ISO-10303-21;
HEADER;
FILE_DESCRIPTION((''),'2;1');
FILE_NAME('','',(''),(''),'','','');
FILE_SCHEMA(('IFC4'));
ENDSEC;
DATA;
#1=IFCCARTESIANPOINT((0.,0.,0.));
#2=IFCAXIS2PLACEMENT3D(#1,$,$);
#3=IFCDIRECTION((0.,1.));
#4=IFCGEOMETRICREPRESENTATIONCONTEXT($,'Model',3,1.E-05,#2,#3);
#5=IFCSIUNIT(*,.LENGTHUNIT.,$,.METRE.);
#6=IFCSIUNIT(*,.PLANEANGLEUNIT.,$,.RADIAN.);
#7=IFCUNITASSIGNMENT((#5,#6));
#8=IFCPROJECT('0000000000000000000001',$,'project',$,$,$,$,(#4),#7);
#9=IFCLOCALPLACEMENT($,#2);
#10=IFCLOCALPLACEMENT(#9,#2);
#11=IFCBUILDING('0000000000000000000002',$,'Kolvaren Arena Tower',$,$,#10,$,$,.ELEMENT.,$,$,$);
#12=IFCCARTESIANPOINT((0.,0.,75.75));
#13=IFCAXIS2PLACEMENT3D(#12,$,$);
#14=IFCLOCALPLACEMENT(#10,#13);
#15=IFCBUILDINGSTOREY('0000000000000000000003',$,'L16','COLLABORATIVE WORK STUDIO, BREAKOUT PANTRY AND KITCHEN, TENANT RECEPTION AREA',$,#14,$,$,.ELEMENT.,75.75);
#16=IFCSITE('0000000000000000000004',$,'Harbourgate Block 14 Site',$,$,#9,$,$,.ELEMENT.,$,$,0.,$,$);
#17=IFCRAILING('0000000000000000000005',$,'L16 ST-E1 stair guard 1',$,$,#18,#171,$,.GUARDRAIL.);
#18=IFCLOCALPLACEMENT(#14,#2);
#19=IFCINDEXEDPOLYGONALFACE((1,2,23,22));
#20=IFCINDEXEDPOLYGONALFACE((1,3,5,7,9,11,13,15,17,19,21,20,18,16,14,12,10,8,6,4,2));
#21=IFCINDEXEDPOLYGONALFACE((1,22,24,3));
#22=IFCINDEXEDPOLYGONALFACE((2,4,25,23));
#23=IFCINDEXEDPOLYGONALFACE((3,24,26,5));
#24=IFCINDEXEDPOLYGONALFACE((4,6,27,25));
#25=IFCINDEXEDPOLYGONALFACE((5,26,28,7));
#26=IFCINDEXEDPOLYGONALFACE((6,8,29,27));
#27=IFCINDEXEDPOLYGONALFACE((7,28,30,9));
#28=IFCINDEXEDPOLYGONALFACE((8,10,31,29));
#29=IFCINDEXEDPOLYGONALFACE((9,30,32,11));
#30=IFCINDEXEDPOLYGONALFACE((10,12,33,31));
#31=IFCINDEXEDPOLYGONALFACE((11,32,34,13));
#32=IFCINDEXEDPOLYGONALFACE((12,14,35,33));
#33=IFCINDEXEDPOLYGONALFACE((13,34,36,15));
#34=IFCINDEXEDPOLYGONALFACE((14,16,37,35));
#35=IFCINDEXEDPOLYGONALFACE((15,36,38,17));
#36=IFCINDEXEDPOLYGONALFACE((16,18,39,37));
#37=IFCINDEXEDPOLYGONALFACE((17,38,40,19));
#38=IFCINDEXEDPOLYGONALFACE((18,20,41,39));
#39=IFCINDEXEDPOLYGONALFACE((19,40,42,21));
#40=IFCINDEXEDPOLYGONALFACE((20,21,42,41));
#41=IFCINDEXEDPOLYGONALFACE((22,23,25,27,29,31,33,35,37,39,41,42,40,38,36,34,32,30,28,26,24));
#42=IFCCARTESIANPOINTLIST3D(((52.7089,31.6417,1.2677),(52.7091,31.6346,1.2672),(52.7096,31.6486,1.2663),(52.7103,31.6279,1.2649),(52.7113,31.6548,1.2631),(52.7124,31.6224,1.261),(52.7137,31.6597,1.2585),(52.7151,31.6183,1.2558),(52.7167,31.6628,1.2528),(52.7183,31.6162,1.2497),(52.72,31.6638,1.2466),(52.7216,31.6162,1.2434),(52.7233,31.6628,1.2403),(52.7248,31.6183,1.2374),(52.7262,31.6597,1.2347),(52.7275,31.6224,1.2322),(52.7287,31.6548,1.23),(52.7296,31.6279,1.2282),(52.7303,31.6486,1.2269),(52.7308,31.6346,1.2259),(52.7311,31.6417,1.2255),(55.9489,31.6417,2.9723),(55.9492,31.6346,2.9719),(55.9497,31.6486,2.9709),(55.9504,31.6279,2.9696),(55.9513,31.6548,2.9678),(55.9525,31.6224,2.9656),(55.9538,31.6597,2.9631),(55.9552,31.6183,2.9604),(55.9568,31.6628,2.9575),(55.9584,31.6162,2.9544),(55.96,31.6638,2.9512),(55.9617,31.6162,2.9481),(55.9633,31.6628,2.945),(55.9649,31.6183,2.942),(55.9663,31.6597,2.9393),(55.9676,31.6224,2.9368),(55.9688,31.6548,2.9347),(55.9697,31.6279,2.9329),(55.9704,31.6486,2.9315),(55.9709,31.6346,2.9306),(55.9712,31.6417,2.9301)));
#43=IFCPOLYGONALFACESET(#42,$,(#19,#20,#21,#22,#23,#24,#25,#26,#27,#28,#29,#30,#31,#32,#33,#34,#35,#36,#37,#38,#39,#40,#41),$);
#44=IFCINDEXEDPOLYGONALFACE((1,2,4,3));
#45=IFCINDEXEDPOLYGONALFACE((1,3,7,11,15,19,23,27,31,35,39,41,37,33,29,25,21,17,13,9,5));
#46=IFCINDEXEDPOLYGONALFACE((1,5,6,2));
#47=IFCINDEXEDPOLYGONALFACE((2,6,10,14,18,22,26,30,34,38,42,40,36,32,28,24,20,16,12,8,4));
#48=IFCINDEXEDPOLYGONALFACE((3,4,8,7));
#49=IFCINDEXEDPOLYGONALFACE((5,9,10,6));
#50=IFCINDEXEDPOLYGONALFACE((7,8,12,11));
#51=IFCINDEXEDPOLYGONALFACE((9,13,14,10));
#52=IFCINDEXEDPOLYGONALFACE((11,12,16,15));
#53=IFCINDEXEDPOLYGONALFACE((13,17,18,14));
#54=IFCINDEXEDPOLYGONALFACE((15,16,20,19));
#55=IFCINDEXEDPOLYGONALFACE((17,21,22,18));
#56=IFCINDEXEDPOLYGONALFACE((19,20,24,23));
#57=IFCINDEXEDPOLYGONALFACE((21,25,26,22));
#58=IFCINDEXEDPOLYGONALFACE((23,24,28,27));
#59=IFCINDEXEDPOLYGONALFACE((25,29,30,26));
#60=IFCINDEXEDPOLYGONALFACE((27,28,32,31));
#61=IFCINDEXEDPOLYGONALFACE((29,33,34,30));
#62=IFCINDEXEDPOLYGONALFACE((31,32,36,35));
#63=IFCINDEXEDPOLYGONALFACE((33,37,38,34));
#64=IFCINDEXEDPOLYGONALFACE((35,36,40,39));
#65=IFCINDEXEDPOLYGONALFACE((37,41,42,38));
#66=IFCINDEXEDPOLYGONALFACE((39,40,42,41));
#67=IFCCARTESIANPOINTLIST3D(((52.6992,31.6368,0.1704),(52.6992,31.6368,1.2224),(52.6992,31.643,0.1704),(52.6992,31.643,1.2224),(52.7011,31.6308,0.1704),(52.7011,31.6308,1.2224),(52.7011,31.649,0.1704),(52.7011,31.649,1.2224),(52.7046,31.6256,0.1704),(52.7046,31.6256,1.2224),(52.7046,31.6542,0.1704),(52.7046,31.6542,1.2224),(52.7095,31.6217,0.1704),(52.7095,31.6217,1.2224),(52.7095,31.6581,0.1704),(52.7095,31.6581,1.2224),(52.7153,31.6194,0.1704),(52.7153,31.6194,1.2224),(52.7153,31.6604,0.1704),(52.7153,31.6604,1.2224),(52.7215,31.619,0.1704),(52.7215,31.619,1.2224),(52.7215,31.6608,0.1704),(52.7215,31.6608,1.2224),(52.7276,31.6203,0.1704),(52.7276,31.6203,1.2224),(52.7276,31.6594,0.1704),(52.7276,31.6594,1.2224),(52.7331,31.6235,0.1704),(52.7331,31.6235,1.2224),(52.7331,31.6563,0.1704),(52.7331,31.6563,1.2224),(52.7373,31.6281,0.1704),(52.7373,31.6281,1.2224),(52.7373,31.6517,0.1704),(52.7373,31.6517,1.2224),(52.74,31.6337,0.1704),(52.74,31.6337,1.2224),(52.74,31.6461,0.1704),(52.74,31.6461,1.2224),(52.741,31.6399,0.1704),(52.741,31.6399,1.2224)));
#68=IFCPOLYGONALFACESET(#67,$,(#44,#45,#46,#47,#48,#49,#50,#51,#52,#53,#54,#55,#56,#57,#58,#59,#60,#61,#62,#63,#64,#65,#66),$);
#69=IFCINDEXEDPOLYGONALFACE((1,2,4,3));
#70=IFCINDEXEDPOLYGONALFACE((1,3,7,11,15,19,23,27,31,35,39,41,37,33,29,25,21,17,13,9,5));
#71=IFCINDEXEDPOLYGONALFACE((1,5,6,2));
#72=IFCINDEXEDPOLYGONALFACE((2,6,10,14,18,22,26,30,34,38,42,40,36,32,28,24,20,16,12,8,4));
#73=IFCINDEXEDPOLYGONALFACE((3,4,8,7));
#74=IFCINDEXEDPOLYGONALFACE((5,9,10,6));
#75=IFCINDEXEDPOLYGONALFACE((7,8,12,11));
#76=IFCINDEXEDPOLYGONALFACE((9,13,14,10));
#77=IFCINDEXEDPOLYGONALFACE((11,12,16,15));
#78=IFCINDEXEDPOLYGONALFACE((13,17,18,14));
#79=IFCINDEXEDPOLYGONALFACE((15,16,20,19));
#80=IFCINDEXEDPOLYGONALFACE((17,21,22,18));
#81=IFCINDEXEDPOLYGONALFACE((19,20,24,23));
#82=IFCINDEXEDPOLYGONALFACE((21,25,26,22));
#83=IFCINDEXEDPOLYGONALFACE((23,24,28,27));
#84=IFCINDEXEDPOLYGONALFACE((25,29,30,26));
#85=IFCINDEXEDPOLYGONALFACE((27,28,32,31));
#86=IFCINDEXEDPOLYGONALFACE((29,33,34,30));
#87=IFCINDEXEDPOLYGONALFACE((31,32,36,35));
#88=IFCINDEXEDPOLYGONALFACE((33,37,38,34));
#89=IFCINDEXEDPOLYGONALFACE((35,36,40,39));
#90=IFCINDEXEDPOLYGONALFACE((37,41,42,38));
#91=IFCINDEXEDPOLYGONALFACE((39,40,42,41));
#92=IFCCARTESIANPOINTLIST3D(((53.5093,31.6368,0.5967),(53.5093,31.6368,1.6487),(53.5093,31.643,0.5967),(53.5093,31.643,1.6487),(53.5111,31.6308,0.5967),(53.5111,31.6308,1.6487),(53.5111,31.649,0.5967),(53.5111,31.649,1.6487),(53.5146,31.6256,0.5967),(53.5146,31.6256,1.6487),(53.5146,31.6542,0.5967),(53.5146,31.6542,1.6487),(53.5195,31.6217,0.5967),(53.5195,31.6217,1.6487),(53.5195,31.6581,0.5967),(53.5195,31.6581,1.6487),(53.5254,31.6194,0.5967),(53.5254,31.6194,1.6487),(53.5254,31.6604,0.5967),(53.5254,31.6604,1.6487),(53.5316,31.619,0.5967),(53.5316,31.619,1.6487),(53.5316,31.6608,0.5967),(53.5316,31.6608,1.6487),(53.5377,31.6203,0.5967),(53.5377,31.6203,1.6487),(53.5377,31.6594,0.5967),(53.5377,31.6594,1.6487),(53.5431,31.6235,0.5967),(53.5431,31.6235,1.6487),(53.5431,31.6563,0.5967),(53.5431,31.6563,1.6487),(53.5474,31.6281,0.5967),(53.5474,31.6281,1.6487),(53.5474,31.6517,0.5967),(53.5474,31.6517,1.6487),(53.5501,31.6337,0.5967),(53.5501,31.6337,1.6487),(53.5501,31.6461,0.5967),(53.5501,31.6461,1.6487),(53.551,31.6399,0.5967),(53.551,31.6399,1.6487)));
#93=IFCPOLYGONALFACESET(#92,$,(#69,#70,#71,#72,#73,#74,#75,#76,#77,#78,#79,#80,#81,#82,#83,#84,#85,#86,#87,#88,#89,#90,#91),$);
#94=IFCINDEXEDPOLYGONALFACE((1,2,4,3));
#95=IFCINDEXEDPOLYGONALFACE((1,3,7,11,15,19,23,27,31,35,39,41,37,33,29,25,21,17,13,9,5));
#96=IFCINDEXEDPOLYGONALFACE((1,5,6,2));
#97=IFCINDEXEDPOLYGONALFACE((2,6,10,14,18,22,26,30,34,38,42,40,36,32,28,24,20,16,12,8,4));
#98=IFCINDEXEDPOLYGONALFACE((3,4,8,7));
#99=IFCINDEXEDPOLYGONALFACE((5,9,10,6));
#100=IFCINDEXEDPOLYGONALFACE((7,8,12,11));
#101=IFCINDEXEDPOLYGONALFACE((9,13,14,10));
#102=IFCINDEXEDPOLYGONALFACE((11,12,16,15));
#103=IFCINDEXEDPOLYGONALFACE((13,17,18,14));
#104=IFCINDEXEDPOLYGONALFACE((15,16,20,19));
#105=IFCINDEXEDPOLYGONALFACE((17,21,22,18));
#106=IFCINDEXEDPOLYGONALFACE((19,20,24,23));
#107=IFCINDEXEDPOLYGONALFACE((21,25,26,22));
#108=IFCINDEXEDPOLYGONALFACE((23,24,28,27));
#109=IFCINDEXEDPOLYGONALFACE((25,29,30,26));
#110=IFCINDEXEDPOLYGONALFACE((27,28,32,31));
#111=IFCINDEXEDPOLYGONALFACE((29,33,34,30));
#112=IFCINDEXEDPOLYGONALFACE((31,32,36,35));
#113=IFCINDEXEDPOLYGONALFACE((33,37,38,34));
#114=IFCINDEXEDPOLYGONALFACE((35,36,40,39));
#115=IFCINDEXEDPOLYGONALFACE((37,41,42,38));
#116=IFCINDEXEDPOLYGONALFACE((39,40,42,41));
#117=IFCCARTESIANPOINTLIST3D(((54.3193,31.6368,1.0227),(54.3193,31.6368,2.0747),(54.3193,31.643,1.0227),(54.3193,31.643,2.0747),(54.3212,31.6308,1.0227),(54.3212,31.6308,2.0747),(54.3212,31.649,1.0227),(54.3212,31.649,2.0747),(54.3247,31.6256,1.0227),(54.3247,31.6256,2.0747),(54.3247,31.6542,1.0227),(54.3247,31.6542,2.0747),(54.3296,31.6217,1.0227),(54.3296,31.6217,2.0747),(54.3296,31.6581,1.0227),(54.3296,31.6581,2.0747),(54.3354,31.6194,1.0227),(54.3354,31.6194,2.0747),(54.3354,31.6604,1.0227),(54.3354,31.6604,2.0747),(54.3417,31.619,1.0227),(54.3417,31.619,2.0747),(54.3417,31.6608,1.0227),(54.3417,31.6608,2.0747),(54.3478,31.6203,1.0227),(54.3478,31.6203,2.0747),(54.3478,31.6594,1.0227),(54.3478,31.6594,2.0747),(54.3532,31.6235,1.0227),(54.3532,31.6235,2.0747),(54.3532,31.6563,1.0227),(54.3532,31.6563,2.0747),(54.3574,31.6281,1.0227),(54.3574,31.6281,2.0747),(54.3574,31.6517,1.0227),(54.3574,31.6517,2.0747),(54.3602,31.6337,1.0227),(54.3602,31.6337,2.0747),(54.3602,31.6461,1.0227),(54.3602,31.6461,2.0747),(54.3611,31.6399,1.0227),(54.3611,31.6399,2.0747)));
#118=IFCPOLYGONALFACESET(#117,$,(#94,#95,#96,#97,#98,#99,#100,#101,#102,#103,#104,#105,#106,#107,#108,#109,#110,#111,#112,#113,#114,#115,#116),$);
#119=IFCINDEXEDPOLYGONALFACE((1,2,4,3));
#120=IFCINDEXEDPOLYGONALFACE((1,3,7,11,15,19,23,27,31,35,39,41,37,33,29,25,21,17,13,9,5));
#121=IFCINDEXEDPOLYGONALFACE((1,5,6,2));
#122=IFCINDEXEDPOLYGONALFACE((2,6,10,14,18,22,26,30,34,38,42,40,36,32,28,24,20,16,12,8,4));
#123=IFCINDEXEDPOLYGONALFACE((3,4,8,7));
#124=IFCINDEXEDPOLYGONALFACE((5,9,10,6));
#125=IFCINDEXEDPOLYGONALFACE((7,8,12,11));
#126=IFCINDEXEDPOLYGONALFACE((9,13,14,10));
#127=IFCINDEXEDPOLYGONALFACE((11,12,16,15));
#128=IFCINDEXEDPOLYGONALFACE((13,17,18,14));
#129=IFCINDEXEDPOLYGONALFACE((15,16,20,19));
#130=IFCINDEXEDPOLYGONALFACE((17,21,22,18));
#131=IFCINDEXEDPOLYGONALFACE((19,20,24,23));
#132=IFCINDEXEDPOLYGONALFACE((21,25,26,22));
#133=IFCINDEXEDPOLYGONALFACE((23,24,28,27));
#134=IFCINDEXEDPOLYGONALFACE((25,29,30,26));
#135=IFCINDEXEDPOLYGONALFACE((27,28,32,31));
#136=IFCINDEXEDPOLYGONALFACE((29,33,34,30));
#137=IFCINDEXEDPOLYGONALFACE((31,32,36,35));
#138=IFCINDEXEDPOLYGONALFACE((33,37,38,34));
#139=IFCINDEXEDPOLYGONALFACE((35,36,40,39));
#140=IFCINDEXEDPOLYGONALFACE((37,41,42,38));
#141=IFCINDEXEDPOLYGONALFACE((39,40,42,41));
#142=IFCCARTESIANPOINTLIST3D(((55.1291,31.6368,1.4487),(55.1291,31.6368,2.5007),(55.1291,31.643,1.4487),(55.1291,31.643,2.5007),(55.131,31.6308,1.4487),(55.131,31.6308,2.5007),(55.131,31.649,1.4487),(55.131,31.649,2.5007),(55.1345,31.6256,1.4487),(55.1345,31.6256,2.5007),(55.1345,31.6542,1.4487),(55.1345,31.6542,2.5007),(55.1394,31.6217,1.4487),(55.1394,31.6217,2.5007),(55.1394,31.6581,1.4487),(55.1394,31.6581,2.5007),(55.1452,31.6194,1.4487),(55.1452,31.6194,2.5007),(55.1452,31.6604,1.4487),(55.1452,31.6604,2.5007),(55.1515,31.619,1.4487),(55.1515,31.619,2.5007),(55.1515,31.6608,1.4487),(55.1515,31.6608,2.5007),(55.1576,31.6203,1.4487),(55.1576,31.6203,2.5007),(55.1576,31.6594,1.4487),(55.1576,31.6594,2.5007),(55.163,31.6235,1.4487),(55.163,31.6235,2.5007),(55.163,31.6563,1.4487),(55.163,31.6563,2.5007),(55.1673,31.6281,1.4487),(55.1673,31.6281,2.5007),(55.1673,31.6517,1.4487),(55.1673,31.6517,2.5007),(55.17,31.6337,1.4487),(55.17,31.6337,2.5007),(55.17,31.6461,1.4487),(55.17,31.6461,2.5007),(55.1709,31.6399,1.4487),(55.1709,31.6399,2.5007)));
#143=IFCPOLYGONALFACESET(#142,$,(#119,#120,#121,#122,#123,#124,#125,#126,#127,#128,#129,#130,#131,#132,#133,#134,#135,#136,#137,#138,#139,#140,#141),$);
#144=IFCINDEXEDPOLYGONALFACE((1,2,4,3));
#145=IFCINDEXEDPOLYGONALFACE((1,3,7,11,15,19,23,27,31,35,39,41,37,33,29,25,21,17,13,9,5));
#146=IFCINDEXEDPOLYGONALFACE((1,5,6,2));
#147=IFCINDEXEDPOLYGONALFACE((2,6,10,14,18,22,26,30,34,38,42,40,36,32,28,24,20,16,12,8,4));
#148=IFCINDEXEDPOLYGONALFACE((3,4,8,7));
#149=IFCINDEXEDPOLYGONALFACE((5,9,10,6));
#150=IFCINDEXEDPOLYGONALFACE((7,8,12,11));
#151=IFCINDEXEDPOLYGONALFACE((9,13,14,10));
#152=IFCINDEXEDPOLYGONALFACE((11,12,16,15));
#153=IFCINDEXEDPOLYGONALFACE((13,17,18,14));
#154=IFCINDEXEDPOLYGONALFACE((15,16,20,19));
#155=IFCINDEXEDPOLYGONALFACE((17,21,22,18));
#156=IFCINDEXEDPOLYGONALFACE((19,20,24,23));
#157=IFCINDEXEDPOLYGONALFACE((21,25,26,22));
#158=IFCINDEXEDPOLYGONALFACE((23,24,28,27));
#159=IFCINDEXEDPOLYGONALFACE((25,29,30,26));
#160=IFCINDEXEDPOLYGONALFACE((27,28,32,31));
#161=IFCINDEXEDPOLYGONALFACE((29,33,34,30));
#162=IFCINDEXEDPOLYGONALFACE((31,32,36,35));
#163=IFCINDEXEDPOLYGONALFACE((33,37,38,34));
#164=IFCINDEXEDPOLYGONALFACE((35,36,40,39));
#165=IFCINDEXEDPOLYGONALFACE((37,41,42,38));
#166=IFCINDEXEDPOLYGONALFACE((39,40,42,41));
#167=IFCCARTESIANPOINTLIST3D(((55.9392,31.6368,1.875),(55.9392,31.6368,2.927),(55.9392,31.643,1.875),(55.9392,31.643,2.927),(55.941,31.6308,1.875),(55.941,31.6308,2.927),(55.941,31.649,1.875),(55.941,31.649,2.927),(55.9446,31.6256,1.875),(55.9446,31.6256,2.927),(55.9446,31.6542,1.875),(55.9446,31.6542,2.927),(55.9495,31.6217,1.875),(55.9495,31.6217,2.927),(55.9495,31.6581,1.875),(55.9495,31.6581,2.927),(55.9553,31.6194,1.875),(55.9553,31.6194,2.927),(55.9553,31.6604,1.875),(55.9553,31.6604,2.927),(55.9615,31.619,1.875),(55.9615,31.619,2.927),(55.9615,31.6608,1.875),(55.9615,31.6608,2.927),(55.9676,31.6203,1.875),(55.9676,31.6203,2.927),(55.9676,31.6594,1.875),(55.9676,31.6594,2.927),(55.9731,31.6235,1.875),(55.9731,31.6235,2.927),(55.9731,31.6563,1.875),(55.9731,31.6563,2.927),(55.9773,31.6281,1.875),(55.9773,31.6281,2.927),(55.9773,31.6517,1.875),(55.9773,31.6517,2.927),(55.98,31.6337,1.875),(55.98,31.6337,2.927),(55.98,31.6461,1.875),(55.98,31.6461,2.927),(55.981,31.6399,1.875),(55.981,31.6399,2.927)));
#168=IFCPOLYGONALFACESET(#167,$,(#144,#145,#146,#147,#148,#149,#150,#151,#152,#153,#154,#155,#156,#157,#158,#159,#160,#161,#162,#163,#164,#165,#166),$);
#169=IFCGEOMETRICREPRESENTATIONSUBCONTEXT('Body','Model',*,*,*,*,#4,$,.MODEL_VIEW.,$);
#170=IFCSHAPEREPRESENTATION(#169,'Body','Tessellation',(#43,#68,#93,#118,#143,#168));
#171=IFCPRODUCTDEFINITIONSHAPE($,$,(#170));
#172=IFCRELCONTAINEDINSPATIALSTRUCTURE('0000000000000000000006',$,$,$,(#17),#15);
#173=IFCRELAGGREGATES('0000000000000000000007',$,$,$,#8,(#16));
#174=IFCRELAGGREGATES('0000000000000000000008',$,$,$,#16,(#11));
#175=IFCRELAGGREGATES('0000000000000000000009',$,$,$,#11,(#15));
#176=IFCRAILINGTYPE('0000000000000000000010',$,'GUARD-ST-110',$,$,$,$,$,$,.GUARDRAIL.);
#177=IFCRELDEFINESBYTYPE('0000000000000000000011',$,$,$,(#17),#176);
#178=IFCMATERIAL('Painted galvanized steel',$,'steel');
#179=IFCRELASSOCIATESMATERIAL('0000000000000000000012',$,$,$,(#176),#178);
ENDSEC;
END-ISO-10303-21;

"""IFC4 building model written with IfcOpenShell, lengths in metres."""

from ifc_helpers import new_model, si_unit, direction, frame, origin, origin_2d, place, context, subcontext, project, spatial, circle, extrude, material, type_object, element, save


model = new_model("IFC4")

# Units and contexts
model_context = context("Model", 3, precision=1e-05, world=origin(), true_north=direction((0.0, 1.0)))
body_context = subcontext(model_context, "Body", "Model", "MODEL_VIEW")
ifc_project = project(units=[si_unit("LENGTHUNIT", "METRE"), si_unit("PLANEANGLEUNIT", "RADIAN")], contexts=[model_context])

# Site, building, storey
site_placement = place(None, origin())
site = spatial("IfcSite", under=ifc_project, at=site_placement, Name="Harbourgate Block 14 Site", CompositionType="ELEMENT", RefElevation=0.0)
building_placement = place(site_placement, origin())
building = spatial("IfcBuilding", under=site, at=building_placement, Name="Kolvaren Arena Tower", CompositionType="ELEMENT")
storey_placement = place(building_placement, frame((0.0, 0.0, 75.75)))
storey = spatial("IfcBuildingStorey", under=building, at=storey_placement, Name="L16", Description="COLLABORATIVE WORK STUDIO, BREAKOUT PANTRY AND KITCHEN, TENANT RECEPTION AREA", CompositionType="ELEMENT", Elevation=75.75)

# Railing
ifc_material_1 = material(Name="Painted galvanized steel", Category="steel")
railing_type_1 = type_object("IfcRailingType", Name="GUARD-ST-110", PredefinedType="GUARDRAIL", material=ifc_material_1)
railing_1_placement = place(storey_placement, frame((52.72, 31.6399, 0.1704)))
element("IfcRailing", 1, at=railing_1_placement, inside=storey, type_object=railing_type_1, Name="L16 ST-E1 stair guard 1", PredefinedType="GUARDRAIL", context=body_context, shape_type="SweptSolid", body=[
    extrude(circle(Radius=0.0239, at=origin_2d()), frame((0.0, 0.0, 1.0762), z_axis=(0.884993, 0.0, 0.465604), x_axis=(0.0, 1.0, 0.0)), (0.0, 0.0, 1.0), 3.6611),
    extrude(circle(Radius=0.021, at=origin_2d()), origin(), (0.0, 0.0, 1.0), 1.052),
    extrude(circle(Radius=0.021, at=origin_2d()), frame((0.8101, 0.0, 0.4263)), (0.0, 0.0, 1.0), 1.052),
    extrude(circle(Radius=0.021, at=origin_2d()), frame((1.6201, 0.0, 0.8523)), (0.0, 0.0, 1.0), 1.052),
    extrude(circle(Radius=0.021, at=origin_2d()), frame((2.4299, 0.0, 1.2783)), (0.0, 0.0, 1.0), 1.052),
    extrude(circle(Radius=0.021, at=origin_2d()), frame((3.24, 0.0, 1.7046)), (0.0, 0.0, 1.0), 1.052),
])

save(model, "model.ifc")
